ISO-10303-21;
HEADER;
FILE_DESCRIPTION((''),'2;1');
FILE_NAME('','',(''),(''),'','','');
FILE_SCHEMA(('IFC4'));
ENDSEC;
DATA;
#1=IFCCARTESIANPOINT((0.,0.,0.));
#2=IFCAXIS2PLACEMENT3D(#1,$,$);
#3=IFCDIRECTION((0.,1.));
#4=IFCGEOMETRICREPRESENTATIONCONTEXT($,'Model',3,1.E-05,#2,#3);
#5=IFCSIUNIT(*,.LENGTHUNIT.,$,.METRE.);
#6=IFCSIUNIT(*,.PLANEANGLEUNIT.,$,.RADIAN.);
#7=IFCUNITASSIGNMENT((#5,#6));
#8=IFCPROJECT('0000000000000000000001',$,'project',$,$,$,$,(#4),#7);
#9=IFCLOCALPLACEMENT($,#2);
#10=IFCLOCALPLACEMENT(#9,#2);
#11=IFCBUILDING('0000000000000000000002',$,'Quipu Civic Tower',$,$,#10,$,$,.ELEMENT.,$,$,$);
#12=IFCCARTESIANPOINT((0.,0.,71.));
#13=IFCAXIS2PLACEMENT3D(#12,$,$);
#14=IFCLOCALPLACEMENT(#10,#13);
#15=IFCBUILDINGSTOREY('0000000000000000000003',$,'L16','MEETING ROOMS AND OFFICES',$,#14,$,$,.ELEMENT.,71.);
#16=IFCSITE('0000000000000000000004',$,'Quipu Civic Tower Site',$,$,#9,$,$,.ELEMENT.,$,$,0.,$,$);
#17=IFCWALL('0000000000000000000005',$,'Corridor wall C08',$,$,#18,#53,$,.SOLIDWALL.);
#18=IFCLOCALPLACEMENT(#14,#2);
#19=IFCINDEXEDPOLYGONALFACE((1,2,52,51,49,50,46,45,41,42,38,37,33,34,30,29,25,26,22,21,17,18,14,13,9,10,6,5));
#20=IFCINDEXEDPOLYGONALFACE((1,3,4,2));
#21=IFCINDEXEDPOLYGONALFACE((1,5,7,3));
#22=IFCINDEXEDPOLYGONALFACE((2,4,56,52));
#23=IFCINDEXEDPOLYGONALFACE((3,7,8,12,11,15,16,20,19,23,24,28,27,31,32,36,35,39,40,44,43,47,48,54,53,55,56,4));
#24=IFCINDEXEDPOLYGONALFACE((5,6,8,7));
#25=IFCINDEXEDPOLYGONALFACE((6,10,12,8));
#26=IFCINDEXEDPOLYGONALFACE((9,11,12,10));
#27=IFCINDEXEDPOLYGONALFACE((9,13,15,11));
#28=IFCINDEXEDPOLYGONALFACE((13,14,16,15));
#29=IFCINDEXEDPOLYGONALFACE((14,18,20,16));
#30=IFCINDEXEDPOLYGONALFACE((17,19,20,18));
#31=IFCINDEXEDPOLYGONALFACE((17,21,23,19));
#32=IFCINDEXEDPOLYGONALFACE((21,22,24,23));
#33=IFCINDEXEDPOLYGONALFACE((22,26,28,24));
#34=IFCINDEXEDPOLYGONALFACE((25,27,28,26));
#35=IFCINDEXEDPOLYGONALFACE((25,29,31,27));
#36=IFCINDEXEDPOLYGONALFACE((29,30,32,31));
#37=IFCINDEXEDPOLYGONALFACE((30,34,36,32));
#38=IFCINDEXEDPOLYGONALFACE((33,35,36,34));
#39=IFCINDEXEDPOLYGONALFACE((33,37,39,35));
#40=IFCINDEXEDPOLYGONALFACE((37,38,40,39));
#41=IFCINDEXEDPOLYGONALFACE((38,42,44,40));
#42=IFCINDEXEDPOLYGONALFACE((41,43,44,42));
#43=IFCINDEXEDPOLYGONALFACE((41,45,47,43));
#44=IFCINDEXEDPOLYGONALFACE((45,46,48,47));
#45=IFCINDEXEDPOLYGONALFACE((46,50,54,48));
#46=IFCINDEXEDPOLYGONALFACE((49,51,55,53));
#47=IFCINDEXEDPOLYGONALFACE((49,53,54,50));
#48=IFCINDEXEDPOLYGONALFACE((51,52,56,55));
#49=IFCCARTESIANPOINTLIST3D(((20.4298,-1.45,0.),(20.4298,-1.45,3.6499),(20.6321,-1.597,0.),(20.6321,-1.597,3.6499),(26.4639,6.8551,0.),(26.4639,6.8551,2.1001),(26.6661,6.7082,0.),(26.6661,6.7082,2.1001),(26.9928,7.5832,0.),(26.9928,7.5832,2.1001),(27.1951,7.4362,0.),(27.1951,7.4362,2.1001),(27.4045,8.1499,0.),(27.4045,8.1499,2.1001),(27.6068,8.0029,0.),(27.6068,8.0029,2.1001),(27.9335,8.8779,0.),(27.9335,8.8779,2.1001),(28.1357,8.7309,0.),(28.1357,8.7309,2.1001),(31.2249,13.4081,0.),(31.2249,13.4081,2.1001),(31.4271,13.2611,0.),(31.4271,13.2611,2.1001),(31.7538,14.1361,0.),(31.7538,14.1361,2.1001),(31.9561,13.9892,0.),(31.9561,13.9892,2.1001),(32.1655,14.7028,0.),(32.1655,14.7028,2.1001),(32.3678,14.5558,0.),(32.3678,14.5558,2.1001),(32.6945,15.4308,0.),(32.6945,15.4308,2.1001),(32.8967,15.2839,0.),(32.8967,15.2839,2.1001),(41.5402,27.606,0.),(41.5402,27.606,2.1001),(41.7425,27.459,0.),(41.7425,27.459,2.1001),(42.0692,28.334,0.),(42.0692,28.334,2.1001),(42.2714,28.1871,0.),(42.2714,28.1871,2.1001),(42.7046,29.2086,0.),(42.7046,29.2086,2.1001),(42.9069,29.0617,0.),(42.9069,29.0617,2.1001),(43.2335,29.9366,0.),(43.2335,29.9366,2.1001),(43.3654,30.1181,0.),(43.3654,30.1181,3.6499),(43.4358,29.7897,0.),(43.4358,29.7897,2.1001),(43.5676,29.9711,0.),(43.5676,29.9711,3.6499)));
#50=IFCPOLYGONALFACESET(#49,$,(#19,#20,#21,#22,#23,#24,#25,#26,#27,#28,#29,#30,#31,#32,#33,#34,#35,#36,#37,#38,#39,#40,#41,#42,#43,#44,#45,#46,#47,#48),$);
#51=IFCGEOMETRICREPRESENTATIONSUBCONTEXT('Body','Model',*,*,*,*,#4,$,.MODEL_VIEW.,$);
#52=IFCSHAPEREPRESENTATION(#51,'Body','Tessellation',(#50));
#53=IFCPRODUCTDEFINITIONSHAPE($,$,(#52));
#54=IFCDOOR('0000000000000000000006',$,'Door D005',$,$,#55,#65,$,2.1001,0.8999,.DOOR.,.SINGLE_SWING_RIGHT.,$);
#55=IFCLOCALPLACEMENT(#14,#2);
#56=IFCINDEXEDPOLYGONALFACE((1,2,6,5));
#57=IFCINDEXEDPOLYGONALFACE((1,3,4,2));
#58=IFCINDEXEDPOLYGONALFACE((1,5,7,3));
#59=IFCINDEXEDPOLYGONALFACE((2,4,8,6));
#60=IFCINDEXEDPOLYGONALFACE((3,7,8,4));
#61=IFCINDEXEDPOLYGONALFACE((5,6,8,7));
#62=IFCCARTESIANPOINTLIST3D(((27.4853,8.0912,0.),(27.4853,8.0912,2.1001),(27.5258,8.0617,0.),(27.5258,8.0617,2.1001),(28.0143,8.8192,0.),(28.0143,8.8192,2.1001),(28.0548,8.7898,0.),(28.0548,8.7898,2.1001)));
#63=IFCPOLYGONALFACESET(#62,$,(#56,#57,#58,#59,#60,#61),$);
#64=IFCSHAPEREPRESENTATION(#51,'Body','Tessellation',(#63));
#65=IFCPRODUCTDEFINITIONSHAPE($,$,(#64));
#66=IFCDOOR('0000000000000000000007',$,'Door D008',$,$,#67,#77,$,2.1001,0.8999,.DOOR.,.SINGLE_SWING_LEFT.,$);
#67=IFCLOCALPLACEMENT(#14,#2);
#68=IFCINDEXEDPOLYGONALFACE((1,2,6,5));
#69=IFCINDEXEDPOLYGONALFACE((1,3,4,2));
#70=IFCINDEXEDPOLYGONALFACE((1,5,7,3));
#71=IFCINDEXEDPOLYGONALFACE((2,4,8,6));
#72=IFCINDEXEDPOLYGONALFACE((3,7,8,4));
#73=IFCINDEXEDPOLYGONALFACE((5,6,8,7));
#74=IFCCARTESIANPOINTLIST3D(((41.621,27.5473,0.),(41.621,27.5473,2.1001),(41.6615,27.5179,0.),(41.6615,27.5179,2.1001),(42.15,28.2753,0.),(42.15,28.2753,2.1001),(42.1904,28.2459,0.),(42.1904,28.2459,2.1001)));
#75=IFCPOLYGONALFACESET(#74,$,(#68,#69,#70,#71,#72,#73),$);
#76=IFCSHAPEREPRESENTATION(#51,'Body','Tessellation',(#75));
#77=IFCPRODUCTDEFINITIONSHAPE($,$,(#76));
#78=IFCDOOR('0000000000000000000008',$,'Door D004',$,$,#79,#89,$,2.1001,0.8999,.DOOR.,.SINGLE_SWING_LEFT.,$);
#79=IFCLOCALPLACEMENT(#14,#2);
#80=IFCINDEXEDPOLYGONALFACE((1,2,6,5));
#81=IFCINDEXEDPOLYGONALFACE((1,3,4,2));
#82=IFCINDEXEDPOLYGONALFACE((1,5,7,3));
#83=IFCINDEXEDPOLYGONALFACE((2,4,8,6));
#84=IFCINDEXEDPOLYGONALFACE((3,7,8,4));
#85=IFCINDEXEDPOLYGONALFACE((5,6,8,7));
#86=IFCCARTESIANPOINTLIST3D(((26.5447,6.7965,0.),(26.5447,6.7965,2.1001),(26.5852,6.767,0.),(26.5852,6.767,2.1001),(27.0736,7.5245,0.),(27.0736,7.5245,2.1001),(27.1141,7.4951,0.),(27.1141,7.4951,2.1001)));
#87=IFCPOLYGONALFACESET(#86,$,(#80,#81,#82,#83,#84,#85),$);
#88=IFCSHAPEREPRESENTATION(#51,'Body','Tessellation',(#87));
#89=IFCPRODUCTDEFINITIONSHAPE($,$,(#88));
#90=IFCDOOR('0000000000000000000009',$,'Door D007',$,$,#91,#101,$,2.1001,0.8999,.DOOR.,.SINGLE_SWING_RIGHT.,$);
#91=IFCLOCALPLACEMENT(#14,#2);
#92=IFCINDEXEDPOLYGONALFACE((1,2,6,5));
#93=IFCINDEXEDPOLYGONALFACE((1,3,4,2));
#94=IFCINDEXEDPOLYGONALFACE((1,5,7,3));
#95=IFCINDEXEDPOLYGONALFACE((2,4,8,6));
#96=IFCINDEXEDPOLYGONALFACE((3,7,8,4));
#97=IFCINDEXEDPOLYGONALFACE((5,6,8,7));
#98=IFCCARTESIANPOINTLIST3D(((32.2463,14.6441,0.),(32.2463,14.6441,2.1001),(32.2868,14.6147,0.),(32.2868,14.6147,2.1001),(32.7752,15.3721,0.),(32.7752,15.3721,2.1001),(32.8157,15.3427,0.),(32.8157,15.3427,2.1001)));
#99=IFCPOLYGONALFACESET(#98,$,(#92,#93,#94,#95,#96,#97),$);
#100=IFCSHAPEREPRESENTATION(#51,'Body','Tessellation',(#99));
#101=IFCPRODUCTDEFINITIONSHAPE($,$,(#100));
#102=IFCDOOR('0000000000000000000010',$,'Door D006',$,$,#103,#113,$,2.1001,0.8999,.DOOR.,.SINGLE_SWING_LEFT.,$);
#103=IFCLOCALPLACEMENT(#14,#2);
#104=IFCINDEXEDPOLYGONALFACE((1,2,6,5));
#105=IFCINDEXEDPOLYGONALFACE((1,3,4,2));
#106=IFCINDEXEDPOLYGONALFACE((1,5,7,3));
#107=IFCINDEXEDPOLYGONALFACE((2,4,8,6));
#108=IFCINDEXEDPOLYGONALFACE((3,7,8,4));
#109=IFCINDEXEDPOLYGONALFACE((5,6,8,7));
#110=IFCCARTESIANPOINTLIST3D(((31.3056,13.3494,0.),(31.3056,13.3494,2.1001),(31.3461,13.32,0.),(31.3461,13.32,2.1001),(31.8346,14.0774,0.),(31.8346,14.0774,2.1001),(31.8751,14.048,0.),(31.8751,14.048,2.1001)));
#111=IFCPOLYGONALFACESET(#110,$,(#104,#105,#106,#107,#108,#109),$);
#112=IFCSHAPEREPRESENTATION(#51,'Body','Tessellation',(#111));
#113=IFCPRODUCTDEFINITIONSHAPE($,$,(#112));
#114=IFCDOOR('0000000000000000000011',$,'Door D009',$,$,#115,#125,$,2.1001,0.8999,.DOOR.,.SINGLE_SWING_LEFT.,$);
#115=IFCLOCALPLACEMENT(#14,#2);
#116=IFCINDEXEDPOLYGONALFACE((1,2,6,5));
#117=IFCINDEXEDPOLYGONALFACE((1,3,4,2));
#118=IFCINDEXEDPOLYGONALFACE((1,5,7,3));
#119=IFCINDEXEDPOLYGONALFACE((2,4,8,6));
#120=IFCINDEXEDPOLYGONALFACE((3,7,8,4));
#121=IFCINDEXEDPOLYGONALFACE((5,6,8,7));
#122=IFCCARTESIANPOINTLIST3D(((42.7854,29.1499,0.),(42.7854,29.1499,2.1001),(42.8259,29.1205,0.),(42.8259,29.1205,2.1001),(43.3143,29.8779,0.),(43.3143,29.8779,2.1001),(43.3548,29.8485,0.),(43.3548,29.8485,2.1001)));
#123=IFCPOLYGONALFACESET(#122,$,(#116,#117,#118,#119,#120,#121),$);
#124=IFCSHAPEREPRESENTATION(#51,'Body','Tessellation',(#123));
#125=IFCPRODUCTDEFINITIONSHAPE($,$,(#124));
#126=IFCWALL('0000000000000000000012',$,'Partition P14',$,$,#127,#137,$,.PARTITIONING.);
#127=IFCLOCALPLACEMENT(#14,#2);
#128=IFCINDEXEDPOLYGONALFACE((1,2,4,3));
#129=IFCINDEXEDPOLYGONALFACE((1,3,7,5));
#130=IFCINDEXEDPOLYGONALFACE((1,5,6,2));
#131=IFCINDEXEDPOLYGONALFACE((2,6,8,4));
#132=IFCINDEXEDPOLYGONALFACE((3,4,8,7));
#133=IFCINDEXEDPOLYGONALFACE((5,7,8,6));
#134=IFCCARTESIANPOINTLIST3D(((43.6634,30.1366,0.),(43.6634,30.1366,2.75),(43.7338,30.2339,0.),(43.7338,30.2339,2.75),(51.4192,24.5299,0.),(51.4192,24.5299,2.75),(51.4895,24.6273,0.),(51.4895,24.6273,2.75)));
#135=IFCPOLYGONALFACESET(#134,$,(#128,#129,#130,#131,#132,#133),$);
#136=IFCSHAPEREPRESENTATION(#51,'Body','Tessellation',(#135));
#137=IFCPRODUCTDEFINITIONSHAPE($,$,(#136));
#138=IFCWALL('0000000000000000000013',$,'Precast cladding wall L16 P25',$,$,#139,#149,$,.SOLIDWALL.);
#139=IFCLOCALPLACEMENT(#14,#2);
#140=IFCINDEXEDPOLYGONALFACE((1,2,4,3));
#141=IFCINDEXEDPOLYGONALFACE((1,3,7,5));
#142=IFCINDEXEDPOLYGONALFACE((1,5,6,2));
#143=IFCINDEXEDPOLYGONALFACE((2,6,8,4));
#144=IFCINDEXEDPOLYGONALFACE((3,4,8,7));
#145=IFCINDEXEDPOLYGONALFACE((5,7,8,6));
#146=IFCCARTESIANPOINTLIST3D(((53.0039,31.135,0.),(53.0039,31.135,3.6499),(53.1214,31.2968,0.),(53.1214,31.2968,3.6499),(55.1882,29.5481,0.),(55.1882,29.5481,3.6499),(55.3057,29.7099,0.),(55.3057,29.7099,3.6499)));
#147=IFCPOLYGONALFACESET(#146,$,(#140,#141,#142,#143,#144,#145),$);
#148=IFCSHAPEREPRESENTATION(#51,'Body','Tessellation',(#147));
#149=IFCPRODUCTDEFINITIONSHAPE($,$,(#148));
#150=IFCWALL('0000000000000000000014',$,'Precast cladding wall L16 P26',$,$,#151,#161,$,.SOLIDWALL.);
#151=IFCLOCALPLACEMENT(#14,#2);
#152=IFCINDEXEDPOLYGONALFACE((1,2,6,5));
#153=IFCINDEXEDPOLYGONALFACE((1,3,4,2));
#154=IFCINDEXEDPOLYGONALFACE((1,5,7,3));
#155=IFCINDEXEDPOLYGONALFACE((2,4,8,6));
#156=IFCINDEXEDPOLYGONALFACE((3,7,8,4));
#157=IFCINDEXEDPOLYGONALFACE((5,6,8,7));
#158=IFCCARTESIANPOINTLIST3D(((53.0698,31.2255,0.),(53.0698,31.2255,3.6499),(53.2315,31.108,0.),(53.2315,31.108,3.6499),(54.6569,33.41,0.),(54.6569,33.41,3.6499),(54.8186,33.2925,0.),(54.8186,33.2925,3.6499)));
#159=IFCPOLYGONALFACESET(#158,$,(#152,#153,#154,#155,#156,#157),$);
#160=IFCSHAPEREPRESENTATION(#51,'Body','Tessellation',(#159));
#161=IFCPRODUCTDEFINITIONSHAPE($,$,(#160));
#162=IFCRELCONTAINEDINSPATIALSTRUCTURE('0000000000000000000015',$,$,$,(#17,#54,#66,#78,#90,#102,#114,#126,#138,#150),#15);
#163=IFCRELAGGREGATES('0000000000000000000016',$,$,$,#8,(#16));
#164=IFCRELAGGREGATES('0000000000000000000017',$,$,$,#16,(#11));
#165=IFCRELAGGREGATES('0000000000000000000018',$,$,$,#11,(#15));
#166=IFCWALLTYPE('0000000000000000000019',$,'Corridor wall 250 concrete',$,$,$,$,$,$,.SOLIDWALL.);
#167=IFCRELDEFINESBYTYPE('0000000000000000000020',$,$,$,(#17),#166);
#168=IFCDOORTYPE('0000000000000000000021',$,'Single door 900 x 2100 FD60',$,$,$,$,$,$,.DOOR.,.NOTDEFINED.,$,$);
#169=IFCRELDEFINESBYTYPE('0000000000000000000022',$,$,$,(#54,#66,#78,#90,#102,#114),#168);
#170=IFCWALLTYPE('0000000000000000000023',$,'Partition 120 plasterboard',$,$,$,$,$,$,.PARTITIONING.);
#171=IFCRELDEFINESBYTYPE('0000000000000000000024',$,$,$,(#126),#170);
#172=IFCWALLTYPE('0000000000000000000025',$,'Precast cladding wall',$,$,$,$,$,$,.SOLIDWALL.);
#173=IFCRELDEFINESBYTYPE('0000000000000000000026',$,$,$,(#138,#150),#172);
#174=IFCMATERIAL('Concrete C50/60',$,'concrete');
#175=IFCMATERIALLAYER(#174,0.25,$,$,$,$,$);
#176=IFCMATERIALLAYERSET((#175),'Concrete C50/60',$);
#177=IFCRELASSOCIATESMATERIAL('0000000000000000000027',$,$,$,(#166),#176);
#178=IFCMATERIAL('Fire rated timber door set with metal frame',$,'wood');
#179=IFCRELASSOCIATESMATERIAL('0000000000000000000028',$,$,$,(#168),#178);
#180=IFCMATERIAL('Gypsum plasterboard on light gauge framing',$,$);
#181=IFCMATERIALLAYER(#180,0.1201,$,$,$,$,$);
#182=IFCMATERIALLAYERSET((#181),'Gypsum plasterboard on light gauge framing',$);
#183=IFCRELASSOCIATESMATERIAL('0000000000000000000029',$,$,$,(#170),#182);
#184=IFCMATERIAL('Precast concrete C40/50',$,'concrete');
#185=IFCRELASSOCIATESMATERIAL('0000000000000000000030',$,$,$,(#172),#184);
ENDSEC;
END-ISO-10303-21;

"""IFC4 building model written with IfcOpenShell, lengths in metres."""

from ifc_helpers import new_model, si_unit, direction, frame, frame_2d, origin, place, context, subcontext, project, spatial, rectangle, extrude, material, layer, layer_set, type_object, element, fill, save


model = new_model("IFC4")

# Units and contexts
model_context = context("Model", 3, precision=1e-05, world=origin(), true_north=direction((0.0, 1.0)))
body_context = subcontext(model_context, "Body", "Model", "MODEL_VIEW")
ifc_project = project(units=[si_unit("LENGTHUNIT", "METRE"), si_unit("PLANEANGLEUNIT", "RADIAN")], contexts=[model_context])

# Site, building, storey
site_placement = place(None, origin())
site = spatial("IfcSite", under=ifc_project, at=site_placement, Name="Quipu Civic Tower Site", CompositionType="ELEMENT", RefElevation=0.0)
building_placement = place(site_placement, origin())
building = spatial("IfcBuilding", under=site, at=building_placement, Name="Quipu Civic Tower", CompositionType="ELEMENT")
storey_placement = place(building_placement, frame((0.0, 0.0, 71.0)))
storey = spatial("IfcBuildingStorey", under=building, at=storey_placement, Name="L16", Description="MEETING ROOMS AND OFFICES", CompositionType="ELEMENT", Elevation=71.0)

# Wall, openings, doors
ifc_material_1 = material(Name="Concrete C50/60", Category="concrete")
ifc_layer_1 = layer(ifc_material_1, 0.25)
ifc_layer_set_1 = layer_set([ifc_layer_1], Name="Concrete C50/60")
wall_type_1 = type_object("IfcWallType", Name="Corridor wall 250 concrete", PredefinedType="SOLIDWALL", material=ifc_layer_set_1)
wall_1_placement = place(storey_placement, frame((43.4666, 30.0447, 0.0), z_axis=(0.0, 0.0, 1.0), x_axis=(-0.587785, -0.809017, 0.0)))
wall_1 = element("IfcWall", 1, at=wall_1_placement, inside=storey, type_object=wall_type_1, Name="Corridor wall C08", PredefinedType="SOLIDWALL", context=body_context, shape_type="SweptSolid", body=[
    extrude(rectangle(XDim=39.0203, YDim=0.25, at=frame_2d((19.5103, 0.0))), origin(), (0.0, 0.0, 1.0), 3.6499),
])
opening_1_placement = place(wall_1_placement, frame((26.2544, 0.0, 0.0)))
opening_1 = element("IfcOpeningElement", 2, at=opening_1_placement, cuts=wall_1, PredefinedType="OPENING", context=body_context, shape_type="SweptSolid", body=[
    extrude(rectangle(XDim=0.8999, YDim=2.1001, at=frame_2d((0.45, 1.05))), frame((0.0, 0.135, 0.0), z_axis=(0.0, -1.0, 0.0), x_axis=(1.0, 0.0, 0.0)), (0.0, 0.0, 1.0), 0.27),
])
opening_2_placement = place(wall_1_placement, frame((2.2053, 0.0, 0.0)))
opening_2 = element("IfcOpeningElement", 3, at=opening_2_placement, cuts=wall_1, PredefinedType="OPENING", context=body_context, shape_type="SweptSolid", body=[
    extrude(rectangle(XDim=0.8999, YDim=2.1001, at=frame_2d((0.45, 1.05))), frame((0.0, 0.135, 0.0), z_axis=(0.0, -1.0, 0.0), x_axis=(1.0, 0.0, 0.0)), (0.0, 0.0, 1.0), 0.27),
])
opening_3_placement = place(wall_1_placement, frame((27.8547, 0.0, 0.0)))
opening_3 = element("IfcOpeningElement", 4, at=opening_3_placement, cuts=wall_1, PredefinedType="OPENING", context=body_context, shape_type="SweptSolid", body=[
    extrude(rectangle(XDim=0.8999, YDim=2.1001, at=frame_2d((0.45, 1.05))), frame((0.0, 0.135, 0.0), z_axis=(0.0, -1.0, 0.0), x_axis=(1.0, 0.0, 0.0)), (0.0, 0.0, 1.0), 0.27),
])
opening_4_placement = place(wall_1_placement, frame((18.1545, 0.0, 0.0)))
opening_4 = element("IfcOpeningElement", 5, at=opening_4_placement, cuts=wall_1, PredefinedType="OPENING", context=body_context, shape_type="SweptSolid", body=[
    extrude(rectangle(XDim=0.8999, YDim=2.1001, at=frame_2d((0.45, 1.05))), frame((0.0, 0.135, 0.0), z_axis=(0.0, -1.0, 0.0), x_axis=(1.0, 0.0, 0.0)), (0.0, 0.0, 1.0), 0.27),
])
opening_5_placement = place(wall_1_placement, frame((19.7549, 0.0, 0.0)))
opening_5 = element("IfcOpeningElement", 6, at=opening_5_placement, cuts=wall_1, PredefinedType="OPENING", context=body_context, shape_type="SweptSolid", body=[
    extrude(rectangle(XDim=0.8999, YDim=2.1001, at=frame_2d((0.45, 1.05))), frame((0.0, 0.135, 0.0), z_axis=(0.0, -1.0, 0.0), x_axis=(1.0, 0.0, 0.0)), (0.0, 0.0, 1.0), 0.27),
])
opening_6_placement = place(wall_1_placement, frame((0.2244, 0.0, 0.0)))
opening_6 = element("IfcOpeningElement", 7, at=opening_6_placement, cuts=wall_1, PredefinedType="OPENING", context=body_context, shape_type="SweptSolid", body=[
    extrude(rectangle(XDim=0.8999, YDim=2.1001, at=frame_2d((0.45, 1.05))), frame((0.0, 0.135, 0.0), z_axis=(0.0, -1.0, 0.0), x_axis=(1.0, 0.0, 0.0)), (0.0, 0.0, 1.0), 0.27),
])
ifc_material_2 = material(Name="Fire rated timber door set with metal frame", Category="wood")
door_type = type_object("IfcDoorType", Name="Single door 900 x 2100 FD60", OperationType="NOTDEFINED", PredefinedType="DOOR", material=ifc_material_2)
door_1_placement = place(opening_1_placement, origin())
door_1 = element("IfcDoor", 8, at=door_1_placement, inside=storey, type_object=door_type, Name="Door D005", OperationType="SINGLE_SWING_RIGHT", OverallHeight=2.1001, OverallWidth=0.8999, PredefinedType="DOOR", context=body_context, shape_type="SweptSolid", body=[
    extrude(rectangle(XDim=0.8999, YDim=2.1001, at=frame_2d((0.45, 1.05))), frame((0.0, 0.0249, 0.0), z_axis=(0.0, -1.0, 0.0), x_axis=(1.0, 0.0, 0.0)), (0.0, 0.0, 1.0), 0.05),
])
fill(opening_1, door_1)
door_2_placement = place(opening_2_placement, origin())
door_2 = element("IfcDoor", 9, at=door_2_placement, inside=storey, type_object=door_type, Name="Door D008", OperationType="SINGLE_SWING_LEFT", OverallHeight=2.1001, OverallWidth=0.8999, PredefinedType="DOOR", context=body_context, shape_type="SweptSolid", body=[
    extrude(rectangle(XDim=0.8999, YDim=2.1001, at=frame_2d((0.45, 1.05))), frame((0.0, 0.0249, 0.0), z_axis=(0.0, -1.0, 0.0), x_axis=(1.0, 0.0, 0.0)), (0.0, 0.0, 1.0), 0.05),
])
fill(opening_2, door_2)
door_3_placement = place(opening_3_placement, origin())
door_3 = element("IfcDoor", 10, at=door_3_placement, inside=storey, type_object=door_type, Name="Door D004", OperationType="SINGLE_SWING_LEFT", OverallHeight=2.1001, OverallWidth=0.8999, PredefinedType="DOOR", context=body_context, shape_type="SweptSolid", body=[
    extrude(rectangle(XDim=0.8999, YDim=2.1001, at=frame_2d((0.45, 1.05))), frame((0.0, 0.0249, 0.0), z_axis=(0.0, -1.0, 0.0), x_axis=(1.0, 0.0, 0.0)), (0.0, 0.0, 1.0), 0.05),
])
fill(opening_3, door_3)
door_4_placement = place(opening_4_placement, origin())
door_4 = element("IfcDoor", 11, at=door_4_placement, inside=storey, type_object=door_type, Name="Door D007", OperationType="SINGLE_SWING_RIGHT", OverallHeight=2.1001, OverallWidth=0.8999, PredefinedType="DOOR", context=body_context, shape_type="SweptSolid", body=[
    extrude(rectangle(XDim=0.8999, YDim=2.1001, at=frame_2d((0.45, 1.05))), frame((0.0, 0.0249, 0.0), z_axis=(0.0, -1.0, 0.0), x_axis=(1.0, 0.0, 0.0)), (0.0, 0.0, 1.0), 0.05),
])
fill(opening_4, door_4)
door_5_placement = place(opening_5_placement, origin())
door_5 = element("IfcDoor", 12, at=door_5_placement, inside=storey, type_object=door_type, Name="Door D006", OperationType="SINGLE_SWING_LEFT", OverallHeight=2.1001, OverallWidth=0.8999, PredefinedType="DOOR", context=body_context, shape_type="SweptSolid", body=[
    extrude(rectangle(XDim=0.8999, YDim=2.1001, at=frame_2d((0.45, 1.05))), frame((0.0, 0.0249, 0.0), z_axis=(0.0, -1.0, 0.0), x_axis=(1.0, 0.0, 0.0)), (0.0, 0.0, 1.0), 0.05),
])
fill(opening_5, door_5)
door_6_placement = place(opening_6_placement, origin())
door_6 = element("IfcDoor", 13, at=door_6_placement, inside=storey, type_object=door_type, Name="Door D009", OperationType="SINGLE_SWING_LEFT", OverallHeight=2.1001, OverallWidth=0.8999, PredefinedType="DOOR", context=body_context, shape_type="SweptSolid", body=[
    extrude(rectangle(XDim=0.8999, YDim=2.1001, at=frame_2d((0.45, 1.05))), frame((0.0, 0.0249, 0.0), z_axis=(0.0, -1.0, 0.0), x_axis=(1.0, 0.0, 0.0)), (0.0, 0.0, 1.0), 0.05),
])
fill(opening_6, door_6)

# Walls
ifc_material_3 = material(Name="Gypsum plasterboard on light gauge framing")
ifc_layer_2 = layer(ifc_material_3, 0.1201)
ifc_layer_set_2 = layer_set([ifc_layer_2], Name="Gypsum plasterboard on light gauge framing")
wall_type_2 = type_object("IfcWallType", Name="Partition 120 plasterboard", PredefinedType="PARTITIONING", material=ifc_layer_set_2)
wall_2_placement = place(storey_placement, frame((43.6985, 30.1853, 0.0), z_axis=(0.0, 0.0, 1.0), x_axis=(0.810419, -0.58585, 0.0)))
element("IfcWall", 14, at=wall_2_placement, inside=storey, type_object=wall_type_2, Name="Partition P14", PredefinedType="PARTITIONING", context=body_context, shape_type="SweptSolid", body=[
    extrude(rectangle(XDim=9.5701, YDim=0.1201, at=frame_2d((4.7852, 0.0))), origin(), (0.0, 0.0, 1.0), 2.75),
])
ifc_material_4 = material(Name="Precast concrete C40/50", Category="concrete")
wall_type_3 = type_object("IfcWallType", Name="Precast cladding wall", PredefinedType="SOLIDWALL", material=ifc_material_4)
wall_3_placement = place(storey_placement, frame((55.2471, 29.6289, 0.0), z_axis=(0.0, 0.0, 1.0), x_axis=(-0.809033, 0.587763, 0.0)))
element("IfcWall", 15, at=wall_3_placement, inside=storey, type_object=wall_type_3, Name="Precast cladding wall L16 P25", PredefinedType="SOLIDWALL", context=body_context, shape_type="SweptSolid", body=[
    extrude(rectangle(XDim=2.7, YDim=0.2, at=frame_2d((1.3501, 0.0))), origin(), (0.0, 0.0, 1.0), 3.6499),
])
wall_4_placement = place(storey_placement, frame((53.1506, 31.1667, 0.0), z_axis=(0.0, 0.0, 1.0), x_axis=(0.587779, 0.809021, 0.0)))
element("IfcWall", 16, at=wall_4_placement, inside=storey, type_object=wall_type_3, Name="Precast cladding wall L16 P26", PredefinedType="SOLIDWALL", context=body_context, shape_type="SweptSolid", body=[
    extrude(rectangle(XDim=2.7002, YDim=0.2, at=frame_2d((1.3501, 0.0))), origin(), (0.0, 0.0, 1.0), 3.6499),
])

save(model, "model.ifc")
